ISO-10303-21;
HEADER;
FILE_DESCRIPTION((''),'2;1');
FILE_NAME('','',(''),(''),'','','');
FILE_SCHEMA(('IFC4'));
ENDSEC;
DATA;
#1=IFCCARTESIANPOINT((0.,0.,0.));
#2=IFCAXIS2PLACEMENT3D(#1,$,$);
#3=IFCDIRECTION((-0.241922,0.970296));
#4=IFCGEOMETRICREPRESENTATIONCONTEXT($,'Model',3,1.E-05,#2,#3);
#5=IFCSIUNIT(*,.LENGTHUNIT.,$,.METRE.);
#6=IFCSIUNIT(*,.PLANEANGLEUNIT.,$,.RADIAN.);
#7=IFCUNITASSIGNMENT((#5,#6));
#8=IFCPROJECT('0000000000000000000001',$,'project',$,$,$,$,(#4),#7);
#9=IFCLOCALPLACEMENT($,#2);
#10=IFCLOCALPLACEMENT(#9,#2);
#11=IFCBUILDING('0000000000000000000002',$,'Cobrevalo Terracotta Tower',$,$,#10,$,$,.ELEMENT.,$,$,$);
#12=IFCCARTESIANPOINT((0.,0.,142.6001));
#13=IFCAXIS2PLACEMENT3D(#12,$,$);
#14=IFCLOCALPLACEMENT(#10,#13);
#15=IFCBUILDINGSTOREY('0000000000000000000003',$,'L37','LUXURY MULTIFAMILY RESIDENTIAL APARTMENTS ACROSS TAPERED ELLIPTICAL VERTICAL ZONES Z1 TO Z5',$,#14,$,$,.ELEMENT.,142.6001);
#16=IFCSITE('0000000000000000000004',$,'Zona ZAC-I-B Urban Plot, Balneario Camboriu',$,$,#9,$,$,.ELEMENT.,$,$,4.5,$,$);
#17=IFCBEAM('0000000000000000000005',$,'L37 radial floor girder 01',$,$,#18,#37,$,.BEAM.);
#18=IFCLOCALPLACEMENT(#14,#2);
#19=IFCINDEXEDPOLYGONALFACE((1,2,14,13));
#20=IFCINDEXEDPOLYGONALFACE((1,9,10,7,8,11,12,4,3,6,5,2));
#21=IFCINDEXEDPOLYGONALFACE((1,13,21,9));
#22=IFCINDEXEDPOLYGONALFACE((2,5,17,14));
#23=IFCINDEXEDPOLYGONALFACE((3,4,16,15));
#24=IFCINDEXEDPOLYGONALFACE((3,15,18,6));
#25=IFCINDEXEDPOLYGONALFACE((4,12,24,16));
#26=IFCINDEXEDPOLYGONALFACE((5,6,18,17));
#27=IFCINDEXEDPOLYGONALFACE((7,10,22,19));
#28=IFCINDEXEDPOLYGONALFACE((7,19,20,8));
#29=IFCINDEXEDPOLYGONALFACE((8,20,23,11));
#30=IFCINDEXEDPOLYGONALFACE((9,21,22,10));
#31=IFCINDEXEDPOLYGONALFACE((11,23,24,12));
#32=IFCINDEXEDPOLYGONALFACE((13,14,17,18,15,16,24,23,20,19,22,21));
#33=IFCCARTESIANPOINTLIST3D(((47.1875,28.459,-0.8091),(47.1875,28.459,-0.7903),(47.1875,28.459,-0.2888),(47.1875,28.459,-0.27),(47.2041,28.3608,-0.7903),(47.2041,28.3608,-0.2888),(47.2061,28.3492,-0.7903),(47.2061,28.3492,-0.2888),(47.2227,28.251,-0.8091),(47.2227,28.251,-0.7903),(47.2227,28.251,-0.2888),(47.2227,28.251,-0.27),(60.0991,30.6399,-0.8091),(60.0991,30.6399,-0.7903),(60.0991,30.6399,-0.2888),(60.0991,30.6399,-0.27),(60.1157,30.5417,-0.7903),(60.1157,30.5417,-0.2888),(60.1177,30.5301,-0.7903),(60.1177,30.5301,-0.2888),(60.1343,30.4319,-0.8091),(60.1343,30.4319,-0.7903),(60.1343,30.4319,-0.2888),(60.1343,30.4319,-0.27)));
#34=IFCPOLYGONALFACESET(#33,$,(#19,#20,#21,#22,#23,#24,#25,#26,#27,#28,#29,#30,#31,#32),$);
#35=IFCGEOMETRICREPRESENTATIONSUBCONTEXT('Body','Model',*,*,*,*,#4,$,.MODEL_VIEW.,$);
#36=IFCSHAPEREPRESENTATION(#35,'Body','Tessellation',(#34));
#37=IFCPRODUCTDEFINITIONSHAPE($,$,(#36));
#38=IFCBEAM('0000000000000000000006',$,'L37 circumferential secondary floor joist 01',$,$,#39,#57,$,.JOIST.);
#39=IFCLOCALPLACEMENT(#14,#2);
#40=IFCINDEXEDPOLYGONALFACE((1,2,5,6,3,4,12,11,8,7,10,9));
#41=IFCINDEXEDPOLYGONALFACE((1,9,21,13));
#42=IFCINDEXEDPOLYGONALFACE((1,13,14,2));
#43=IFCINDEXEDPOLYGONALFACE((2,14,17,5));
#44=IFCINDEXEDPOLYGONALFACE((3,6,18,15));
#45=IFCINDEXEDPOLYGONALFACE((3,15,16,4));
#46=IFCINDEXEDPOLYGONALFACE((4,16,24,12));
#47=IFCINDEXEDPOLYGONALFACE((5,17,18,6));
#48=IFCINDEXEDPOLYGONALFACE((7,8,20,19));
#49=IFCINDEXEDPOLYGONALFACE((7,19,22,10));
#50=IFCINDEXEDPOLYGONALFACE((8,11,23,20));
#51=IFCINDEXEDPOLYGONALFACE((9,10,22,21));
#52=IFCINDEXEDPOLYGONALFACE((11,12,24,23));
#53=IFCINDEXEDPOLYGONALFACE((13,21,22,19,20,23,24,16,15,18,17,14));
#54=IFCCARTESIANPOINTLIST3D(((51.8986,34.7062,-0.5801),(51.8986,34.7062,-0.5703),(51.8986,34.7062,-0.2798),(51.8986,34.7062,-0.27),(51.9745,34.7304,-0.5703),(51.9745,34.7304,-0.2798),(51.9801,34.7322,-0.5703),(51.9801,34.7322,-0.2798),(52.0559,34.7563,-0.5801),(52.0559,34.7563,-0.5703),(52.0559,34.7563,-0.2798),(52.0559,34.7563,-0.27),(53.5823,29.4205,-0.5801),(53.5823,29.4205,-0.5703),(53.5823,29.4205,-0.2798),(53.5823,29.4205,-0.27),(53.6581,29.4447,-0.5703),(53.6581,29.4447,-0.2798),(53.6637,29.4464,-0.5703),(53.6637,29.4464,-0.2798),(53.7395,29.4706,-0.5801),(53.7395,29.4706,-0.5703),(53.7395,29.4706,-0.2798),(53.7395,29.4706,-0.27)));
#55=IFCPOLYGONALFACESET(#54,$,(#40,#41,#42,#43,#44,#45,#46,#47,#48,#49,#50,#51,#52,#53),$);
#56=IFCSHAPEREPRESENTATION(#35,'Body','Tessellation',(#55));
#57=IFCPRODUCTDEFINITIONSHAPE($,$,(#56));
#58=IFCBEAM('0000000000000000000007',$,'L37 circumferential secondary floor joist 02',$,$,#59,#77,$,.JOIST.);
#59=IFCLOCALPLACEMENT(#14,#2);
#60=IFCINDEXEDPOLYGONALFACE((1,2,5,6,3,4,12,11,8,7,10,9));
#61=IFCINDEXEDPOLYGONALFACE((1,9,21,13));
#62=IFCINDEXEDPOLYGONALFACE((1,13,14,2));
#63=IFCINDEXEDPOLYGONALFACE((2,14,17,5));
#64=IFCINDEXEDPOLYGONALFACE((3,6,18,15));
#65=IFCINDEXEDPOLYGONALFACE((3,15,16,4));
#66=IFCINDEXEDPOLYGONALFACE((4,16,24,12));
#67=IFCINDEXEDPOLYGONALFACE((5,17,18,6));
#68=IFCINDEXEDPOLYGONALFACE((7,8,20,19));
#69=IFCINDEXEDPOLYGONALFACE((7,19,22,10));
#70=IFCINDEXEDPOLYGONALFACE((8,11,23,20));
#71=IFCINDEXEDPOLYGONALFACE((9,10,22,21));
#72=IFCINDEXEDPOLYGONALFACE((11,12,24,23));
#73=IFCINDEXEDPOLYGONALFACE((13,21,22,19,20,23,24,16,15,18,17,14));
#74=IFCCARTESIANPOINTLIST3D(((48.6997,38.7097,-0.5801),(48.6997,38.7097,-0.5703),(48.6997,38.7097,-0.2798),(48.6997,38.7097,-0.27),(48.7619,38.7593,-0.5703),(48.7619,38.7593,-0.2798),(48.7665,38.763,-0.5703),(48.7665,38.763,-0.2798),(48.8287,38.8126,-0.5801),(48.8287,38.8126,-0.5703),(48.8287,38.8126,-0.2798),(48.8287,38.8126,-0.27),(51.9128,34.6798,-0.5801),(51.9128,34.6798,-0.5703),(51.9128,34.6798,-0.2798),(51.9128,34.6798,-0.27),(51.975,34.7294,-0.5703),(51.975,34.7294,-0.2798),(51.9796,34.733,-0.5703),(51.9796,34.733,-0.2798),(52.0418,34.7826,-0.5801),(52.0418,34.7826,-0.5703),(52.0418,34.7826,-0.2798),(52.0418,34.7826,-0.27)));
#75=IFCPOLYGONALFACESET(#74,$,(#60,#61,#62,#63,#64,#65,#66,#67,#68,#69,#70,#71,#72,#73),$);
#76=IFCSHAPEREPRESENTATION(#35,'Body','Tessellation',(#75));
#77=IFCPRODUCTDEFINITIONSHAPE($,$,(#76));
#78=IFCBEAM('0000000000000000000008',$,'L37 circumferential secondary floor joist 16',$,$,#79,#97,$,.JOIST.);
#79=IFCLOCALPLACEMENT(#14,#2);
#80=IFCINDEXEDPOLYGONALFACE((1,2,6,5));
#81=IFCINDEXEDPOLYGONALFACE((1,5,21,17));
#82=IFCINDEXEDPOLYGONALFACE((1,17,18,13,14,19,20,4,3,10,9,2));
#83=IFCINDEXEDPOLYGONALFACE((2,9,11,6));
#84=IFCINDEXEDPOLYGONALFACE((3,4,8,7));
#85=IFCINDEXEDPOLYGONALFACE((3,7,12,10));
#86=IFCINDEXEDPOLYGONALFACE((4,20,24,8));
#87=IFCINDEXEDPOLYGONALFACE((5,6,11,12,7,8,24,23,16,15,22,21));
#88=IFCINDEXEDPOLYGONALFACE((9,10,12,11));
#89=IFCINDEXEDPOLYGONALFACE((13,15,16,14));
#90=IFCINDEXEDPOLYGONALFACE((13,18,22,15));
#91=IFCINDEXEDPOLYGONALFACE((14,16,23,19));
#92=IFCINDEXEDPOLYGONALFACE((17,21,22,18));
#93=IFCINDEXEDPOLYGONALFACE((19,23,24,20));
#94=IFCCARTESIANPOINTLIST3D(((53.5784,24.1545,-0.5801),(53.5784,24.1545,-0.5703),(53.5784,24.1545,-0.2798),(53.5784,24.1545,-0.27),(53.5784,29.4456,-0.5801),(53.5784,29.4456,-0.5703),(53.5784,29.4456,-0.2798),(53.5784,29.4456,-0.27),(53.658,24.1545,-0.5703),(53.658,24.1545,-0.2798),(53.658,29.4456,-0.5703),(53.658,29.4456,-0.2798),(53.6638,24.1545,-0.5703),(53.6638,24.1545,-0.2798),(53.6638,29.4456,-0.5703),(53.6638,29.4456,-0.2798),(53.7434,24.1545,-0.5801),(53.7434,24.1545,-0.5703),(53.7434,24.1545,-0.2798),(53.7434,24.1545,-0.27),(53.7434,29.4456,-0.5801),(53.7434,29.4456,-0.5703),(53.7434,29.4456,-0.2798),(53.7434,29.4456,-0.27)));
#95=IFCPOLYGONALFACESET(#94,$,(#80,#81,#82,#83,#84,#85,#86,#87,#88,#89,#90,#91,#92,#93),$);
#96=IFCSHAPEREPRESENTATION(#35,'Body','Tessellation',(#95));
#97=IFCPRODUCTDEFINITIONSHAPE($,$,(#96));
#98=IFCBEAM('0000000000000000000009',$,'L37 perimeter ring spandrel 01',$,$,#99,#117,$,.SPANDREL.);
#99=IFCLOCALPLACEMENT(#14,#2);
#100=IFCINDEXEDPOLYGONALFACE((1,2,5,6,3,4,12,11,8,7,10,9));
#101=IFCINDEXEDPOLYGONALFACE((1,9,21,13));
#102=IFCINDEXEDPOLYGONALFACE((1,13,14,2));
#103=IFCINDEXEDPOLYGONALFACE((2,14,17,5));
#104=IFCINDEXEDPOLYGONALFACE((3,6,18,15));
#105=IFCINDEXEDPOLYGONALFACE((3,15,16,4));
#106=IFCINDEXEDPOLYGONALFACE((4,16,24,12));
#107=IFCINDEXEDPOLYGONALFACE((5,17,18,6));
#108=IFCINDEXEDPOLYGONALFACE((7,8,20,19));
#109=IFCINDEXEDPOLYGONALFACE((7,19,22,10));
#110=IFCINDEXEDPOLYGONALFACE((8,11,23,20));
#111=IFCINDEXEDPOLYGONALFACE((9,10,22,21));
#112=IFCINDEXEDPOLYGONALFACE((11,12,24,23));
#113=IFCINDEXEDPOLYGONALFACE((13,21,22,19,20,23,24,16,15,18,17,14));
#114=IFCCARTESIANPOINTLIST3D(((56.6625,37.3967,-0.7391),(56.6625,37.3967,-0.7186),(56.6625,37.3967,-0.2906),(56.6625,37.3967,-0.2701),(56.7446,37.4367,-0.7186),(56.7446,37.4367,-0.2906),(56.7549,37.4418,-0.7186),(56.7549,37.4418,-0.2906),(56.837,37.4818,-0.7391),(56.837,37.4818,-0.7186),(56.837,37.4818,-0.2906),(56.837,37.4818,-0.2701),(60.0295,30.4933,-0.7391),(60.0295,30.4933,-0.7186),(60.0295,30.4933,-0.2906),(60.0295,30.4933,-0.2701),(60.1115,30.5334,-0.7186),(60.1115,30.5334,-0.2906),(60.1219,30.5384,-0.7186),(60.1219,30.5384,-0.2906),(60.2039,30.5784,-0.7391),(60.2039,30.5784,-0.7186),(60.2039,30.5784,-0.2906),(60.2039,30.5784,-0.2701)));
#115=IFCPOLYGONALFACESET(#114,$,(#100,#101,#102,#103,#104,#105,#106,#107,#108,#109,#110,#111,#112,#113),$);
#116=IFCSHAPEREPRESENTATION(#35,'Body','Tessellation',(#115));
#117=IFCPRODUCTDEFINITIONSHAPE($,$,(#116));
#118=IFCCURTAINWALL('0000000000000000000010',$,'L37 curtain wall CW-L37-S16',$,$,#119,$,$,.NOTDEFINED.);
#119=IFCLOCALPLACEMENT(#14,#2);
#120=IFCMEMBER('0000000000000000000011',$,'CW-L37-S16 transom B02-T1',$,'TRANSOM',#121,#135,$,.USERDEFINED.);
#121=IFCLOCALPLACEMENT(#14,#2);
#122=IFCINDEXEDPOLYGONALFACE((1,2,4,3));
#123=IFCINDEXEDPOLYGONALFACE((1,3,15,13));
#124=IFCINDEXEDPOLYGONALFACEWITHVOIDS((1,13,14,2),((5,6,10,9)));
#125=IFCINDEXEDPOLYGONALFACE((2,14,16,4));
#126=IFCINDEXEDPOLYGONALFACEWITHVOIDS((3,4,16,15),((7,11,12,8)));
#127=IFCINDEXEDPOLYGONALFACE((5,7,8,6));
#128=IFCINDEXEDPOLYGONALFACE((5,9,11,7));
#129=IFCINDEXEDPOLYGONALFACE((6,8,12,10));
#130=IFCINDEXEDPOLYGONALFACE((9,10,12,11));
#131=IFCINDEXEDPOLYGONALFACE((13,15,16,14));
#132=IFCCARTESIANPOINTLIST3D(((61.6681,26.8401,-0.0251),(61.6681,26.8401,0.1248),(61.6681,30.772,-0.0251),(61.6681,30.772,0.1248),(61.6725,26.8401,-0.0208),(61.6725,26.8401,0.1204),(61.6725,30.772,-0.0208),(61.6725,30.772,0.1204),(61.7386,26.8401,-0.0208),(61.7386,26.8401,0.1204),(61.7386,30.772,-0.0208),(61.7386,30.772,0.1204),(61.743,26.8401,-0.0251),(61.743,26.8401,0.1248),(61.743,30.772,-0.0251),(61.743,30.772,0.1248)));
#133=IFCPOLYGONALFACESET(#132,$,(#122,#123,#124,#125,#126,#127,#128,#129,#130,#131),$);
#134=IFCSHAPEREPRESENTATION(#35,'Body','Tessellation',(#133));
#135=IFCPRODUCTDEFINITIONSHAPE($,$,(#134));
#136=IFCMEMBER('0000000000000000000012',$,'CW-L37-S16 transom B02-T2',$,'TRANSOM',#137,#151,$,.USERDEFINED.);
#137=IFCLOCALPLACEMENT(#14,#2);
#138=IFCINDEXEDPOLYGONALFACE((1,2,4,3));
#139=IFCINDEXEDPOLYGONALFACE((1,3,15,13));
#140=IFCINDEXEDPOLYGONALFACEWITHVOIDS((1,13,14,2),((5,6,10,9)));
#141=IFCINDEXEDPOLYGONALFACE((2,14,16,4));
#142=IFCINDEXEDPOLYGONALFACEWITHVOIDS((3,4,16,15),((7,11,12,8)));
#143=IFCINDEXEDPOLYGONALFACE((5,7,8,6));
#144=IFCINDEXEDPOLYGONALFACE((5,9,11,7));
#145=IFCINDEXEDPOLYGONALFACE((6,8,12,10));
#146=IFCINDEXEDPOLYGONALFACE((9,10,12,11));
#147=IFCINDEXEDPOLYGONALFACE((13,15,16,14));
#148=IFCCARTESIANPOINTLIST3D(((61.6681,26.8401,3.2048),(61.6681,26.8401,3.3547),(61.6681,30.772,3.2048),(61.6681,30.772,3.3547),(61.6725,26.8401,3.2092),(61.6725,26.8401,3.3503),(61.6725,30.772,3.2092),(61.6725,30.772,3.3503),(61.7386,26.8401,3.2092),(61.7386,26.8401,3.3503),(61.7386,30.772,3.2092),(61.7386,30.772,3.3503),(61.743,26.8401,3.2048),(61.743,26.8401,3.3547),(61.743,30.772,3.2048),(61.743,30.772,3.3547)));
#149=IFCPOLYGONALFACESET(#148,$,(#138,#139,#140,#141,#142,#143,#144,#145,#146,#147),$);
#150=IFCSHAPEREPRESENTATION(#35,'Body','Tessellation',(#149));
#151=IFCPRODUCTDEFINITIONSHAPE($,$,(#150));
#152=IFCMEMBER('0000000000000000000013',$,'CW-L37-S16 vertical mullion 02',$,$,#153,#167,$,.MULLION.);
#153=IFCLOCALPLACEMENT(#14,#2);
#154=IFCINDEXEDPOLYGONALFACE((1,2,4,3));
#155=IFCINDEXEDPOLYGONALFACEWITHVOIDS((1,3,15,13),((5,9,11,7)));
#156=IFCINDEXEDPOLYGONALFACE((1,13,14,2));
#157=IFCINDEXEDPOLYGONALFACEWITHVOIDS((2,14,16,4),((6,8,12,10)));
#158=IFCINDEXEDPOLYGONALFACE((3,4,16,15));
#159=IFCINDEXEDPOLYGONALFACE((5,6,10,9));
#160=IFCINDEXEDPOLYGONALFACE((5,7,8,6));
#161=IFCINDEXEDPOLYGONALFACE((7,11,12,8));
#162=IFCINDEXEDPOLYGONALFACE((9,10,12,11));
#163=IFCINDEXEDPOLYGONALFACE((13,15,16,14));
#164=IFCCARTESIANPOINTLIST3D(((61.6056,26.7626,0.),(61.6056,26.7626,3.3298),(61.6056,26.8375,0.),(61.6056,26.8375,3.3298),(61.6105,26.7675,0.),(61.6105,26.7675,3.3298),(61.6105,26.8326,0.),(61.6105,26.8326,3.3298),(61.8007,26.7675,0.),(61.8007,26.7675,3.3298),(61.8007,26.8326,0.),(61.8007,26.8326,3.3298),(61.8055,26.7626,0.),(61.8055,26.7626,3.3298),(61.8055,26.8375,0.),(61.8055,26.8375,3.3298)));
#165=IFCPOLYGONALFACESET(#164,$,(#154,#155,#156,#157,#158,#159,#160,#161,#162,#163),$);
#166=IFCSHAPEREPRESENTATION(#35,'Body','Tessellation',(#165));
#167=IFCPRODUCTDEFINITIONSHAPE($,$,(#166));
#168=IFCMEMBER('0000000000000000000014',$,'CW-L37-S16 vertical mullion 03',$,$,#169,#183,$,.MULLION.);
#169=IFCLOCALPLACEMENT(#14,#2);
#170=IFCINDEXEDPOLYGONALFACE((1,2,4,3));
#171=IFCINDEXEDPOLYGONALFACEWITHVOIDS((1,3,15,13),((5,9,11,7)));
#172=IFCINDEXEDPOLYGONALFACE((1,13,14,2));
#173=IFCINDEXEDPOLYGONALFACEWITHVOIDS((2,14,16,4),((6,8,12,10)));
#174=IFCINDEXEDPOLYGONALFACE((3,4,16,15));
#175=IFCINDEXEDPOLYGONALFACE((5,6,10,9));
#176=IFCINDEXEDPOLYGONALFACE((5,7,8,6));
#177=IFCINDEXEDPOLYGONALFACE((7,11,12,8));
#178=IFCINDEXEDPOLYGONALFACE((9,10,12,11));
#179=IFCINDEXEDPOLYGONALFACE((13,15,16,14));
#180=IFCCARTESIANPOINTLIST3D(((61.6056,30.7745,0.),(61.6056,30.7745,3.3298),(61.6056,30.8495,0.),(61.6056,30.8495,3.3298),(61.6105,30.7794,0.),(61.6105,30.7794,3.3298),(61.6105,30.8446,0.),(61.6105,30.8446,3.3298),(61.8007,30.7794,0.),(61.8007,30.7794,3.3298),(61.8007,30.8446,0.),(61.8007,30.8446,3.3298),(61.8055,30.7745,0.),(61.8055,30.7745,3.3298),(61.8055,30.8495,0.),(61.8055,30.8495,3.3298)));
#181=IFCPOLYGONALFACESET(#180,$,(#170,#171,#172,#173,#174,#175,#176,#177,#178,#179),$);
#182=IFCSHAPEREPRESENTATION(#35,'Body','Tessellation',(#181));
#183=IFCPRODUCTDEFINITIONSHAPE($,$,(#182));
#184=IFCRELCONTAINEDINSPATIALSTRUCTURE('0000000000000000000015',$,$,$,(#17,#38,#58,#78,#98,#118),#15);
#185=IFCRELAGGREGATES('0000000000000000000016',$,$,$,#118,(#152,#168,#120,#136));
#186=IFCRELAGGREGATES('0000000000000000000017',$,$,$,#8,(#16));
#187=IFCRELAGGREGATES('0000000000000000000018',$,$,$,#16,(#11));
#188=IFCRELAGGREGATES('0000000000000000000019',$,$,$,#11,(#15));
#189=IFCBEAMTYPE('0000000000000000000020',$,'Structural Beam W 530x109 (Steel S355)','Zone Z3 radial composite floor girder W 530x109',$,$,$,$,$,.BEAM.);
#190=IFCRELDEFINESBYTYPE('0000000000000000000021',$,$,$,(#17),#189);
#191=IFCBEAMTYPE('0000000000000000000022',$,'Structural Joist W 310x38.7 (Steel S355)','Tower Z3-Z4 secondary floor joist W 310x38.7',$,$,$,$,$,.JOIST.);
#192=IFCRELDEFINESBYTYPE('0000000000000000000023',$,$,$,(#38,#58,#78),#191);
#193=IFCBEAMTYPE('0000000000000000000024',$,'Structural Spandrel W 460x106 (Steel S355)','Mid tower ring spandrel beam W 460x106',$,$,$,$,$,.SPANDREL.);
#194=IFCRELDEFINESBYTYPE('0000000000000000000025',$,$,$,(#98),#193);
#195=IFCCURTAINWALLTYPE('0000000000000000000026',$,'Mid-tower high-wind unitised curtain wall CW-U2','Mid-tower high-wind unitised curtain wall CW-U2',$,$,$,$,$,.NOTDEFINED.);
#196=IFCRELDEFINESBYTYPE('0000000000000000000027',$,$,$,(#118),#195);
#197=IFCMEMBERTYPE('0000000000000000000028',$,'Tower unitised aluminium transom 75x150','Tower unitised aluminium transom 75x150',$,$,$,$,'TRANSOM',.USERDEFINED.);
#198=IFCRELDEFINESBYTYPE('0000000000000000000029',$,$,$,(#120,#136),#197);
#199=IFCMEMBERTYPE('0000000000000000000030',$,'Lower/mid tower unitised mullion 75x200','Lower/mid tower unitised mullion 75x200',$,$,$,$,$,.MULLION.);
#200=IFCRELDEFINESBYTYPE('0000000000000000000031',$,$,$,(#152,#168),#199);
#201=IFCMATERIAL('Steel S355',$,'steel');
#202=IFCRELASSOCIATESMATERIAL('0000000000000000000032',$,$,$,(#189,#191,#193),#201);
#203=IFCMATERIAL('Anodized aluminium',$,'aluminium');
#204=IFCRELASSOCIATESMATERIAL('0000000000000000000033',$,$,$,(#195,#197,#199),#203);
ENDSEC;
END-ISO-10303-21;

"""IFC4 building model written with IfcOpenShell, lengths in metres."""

from ifc_helpers import new_model, si_unit, direction, frame, origin, origin_2d, place, context, subcontext, project, spatial, hollow_rectangle, i_section, extrude, source, transform, mapped, material, material_profile, profile_set, type_object, element, aggregate, save


model = new_model("IFC4")

# Units and contexts
model_context = context("Model", 3, precision=1e-05, world=origin(), true_north=direction((-0.241922, 0.970296)))
body_context = subcontext(model_context, "Body", "Model", "MODEL_VIEW")
ifc_project = project(units=[si_unit("LENGTHUNIT", "METRE"), si_unit("PLANEANGLEUNIT", "RADIAN")], contexts=[model_context])

# Site, building, storey
site_placement = place(None, origin())
site = spatial("IfcSite", under=ifc_project, at=site_placement, Name="Zona ZAC-I-B Urban Plot, Balneario Camboriu", CompositionType="ELEMENT", RefElevation=4.5)
building_placement = place(site_placement, origin())
building = spatial("IfcBuilding", under=site, at=building_placement, Name="Cobrevalo Terracotta Tower", CompositionType="ELEMENT")
storey_placement = place(building_placement, frame((0.0, 0.0, 142.6001)))
storey = spatial("IfcBuildingStorey", under=building, at=storey_placement, Name="L37", Description="LUXURY MULTIFAMILY RESIDENTIAL APARTMENTS ACROSS TAPERED ELLIPTICAL VERTICAL ZONES Z1 TO Z5", CompositionType="ELEMENT", Elevation=142.6001)

# Shared definitions
ifc_material_1 = material(Name="Steel S355", Category="steel")

# Beams
ifc_material_profile_1 = material_profile(ifc_material_1, i_section(OverallWidth=0.2109, OverallDepth=0.5391, WebThickness=0.0117, FlangeThickness=0.0188, at=origin_2d()), Name="W 530x109")
ifc_profile_set_1 = profile_set([ifc_material_profile_1], Name="Steel S355")
beam_type_1 = type_object("IfcBeamType", Name="Structural Beam W 530x109 (Steel S355)", Description="Zone Z3 radial composite floor girder W 530x109", PredefinedType="BEAM", material=ifc_profile_set_1)
beam_1_placement = place(storey_placement, frame((60.1167, 30.5359, -0.5396), z_axis=(-0.986033, -0.166551, 0.0), x_axis=(0.166551, -0.986033, 0.0)))
element("IfcBeam", 1, at=beam_1_placement, inside=storey, type_object=beam_type_1, Name="L37 radial floor girder 01", PredefinedType="BEAM", context=body_context, shape_type="SweptSolid", body=[
    extrude(i_section(OverallWidth=0.2109, OverallDepth=0.5391, WebThickness=0.0117, FlangeThickness=0.0188, at=origin_2d()), origin(), (0.0, 0.0, 1.0), 13.0945),
])
ifc_material_profile_2 = material_profile(ifc_material_1, i_section(OverallWidth=0.165, OverallDepth=0.3101, WebThickness=0.0059, FlangeThickness=0.0098, at=origin_2d()), Name="W 310x38.7")
ifc_profile_set_2 = profile_set([ifc_material_profile_2], Name="Steel S355")
beam_type_2 = type_object("IfcBeamType", Name="Structural Joist W 310x38.7 (Steel S355)", Description="Tower Z3-Z4 secondary floor joist W 310x38.7", PredefinedType="JOIST", material=ifc_profile_set_2)
beam_2_placement = place(storey_placement, frame((53.6609, 29.4456, -0.425), z_axis=(-0.303498, 0.952832, 0.0), x_axis=(-0.952832, -0.303498, 0.0)))
element("IfcBeam", 2, at=beam_2_placement, inside=storey, type_object=beam_type_2, Name="L37 circumferential secondary floor joist 01", PredefinedType="JOIST", context=body_context, shape_type="SweptSolid", body=[
    extrude(i_section(OverallWidth=0.165, OverallDepth=0.3101, WebThickness=0.0059, FlangeThickness=0.0098, at=origin_2d()), origin(), (0.0, 0.0, 1.0), 5.5474),
])
beam_3_placement = place(storey_placement, frame((51.9773, 34.7312, -0.425), z_axis=(-0.623406, 0.781898, 0.0), x_axis=(-0.781898, -0.623406, 0.0)))
element("IfcBeam", 3, at=beam_3_placement, inside=storey, type_object=beam_type_2, Name="L37 circumferential secondary floor joist 02", PredefinedType="JOIST", context=body_context, shape_type="SweptSolid", body=[
    extrude(i_section(OverallWidth=0.165, OverallDepth=0.3101, WebThickness=0.0059, FlangeThickness=0.0098, at=origin_2d()), origin(), (0.0, 0.0, 1.0), 5.1541),
])
beam_4_placement = place(storey_placement, frame((53.6609, 24.1545, -0.425), z_axis=(0.0, 1.0, 0.0), x_axis=(-1.0, 0.0, 0.0)))
element("IfcBeam", 4, at=beam_4_placement, inside=storey, type_object=beam_type_2, Name="L37 circumferential secondary floor joist 16", PredefinedType="JOIST", context=body_context, shape_type="SweptSolid", body=[
    extrude(i_section(OverallWidth=0.165, OverallDepth=0.3101, WebThickness=0.0059, FlangeThickness=0.0098, at=origin_2d()), origin(), (0.0, 0.0, 1.0), 5.291),
])
ifc_material_profile_3 = material_profile(ifc_material_1, i_section(OverallWidth=0.1941, OverallDepth=0.469, WebThickness=0.0115, FlangeThickness=0.0205, at=origin_2d()), Name="W 460x106")
ifc_profile_set_3 = profile_set([ifc_material_profile_3], Name="Steel S355")
beam_type_3 = type_object("IfcBeamType", Name="Structural Spandrel W 460x106 (Steel S355)", Description="Mid tower ring spandrel beam W 460x106", PredefinedType="SPANDREL", material=ifc_profile_set_3)
beam_5_placement = place(storey_placement, frame((60.1167, 30.5359, -0.5046), z_axis=(-0.438368, 0.898796, 0.0), x_axis=(-0.898796, -0.438368, 0.0)))
element("IfcBeam", 5, at=beam_5_placement, inside=storey, type_object=beam_type_3, Name="L37 perimeter ring spandrel 01", PredefinedType="SPANDREL", context=body_context, shape_type="SweptSolid", body=[
    extrude(i_section(OverallWidth=0.1941, OverallDepth=0.469, WebThickness=0.0115, FlangeThickness=0.0205, at=origin_2d()), origin(), (0.0, 0.0, 1.0), 7.6807),
])

# Curtain wall, members
ifc_material_2 = material(Name="Anodized aluminium", Category="aluminium")
curtain_wall_type = type_object("IfcCurtainWallType", Name="Mid-tower high-wind unitised curtain wall CW-U2", Description="Mid-tower high-wind unitised curtain wall CW-U2", PredefinedType="NOTDEFINED", material=ifc_material_2)
curtain_wall_placement = place(storey_placement, origin())
curtain_wall = element("IfcCurtainWall", 6, at=curtain_wall_placement, inside=storey, type_object=curtain_wall_type, Name="L37 curtain wall CW-L37-S16", PredefinedType="NOTDEFINED")
ifc_material_profile_4 = material_profile(ifc_material_2, hollow_rectangle(XDim=0.075, YDim=0.1499, WallThickness=0.0044, at=origin_2d()), Name="CWT 75x150")
ifc_profile_set_4 = profile_set([ifc_material_profile_4], Name="Anodized aluminium")
member_type_1 = type_object("IfcMemberType", Name="Tower unitised aluminium transom 75x150", Description="Tower unitised aluminium transom 75x150", ElementType="TRANSOM", PredefinedType="USERDEFINED", material=ifc_profile_set_4)
shared_shape_1 = source(origin(), body_context, "Body", "SweptSolid", [
    extrude(hollow_rectangle(XDim=0.075, YDim=0.1499, WallThickness=0.0044, at=origin_2d()), origin(), (0.0, 0.0, 1.0), 3.9319),
])
member_1_placement = place(storey_placement, frame((61.7056, 26.8401, 0.0498), z_axis=(0.0, 1.0, 0.0), x_axis=(-1.0, 0.0, 0.0)))
member_1 = element("IfcMember", 7, at=member_1_placement, type_object=member_type_1, Name="CW-L37-S16 transom B02-T1", ObjectType="TRANSOM", PredefinedType="USERDEFINED", context=body_context, shape_type="MappedRepresentation", body=[
    mapped(shared_shape_1, transform((0.0, 0.0, 0.0), scale=1.0)),
])
member_2_placement = place(storey_placement, frame((61.7056, 26.8401, 3.2798), z_axis=(0.0, 1.0, 0.0), x_axis=(-1.0, 0.0, 0.0)))
member_2 = element("IfcMember", 8, at=member_2_placement, type_object=member_type_1, Name="CW-L37-S16 transom B02-T2", ObjectType="TRANSOM", PredefinedType="USERDEFINED", context=body_context, shape_type="MappedRepresentation", body=[
    mapped(shared_shape_1, transform((0.0, 0.0, 0.0), scale=1.0)),
])
ifc_material_profile_5 = material_profile(ifc_material_2, hollow_rectangle(XDim=0.075, YDim=0.2, WallThickness=0.0049, at=origin_2d()), Name="CWM 75x200")
ifc_profile_set_5 = profile_set([ifc_material_profile_5], Name="Anodized aluminium")
member_type_2 = type_object("IfcMemberType", Name="Lower/mid tower unitised mullion 75x200", Description="Lower/mid tower unitised mullion 75x200", PredefinedType="MULLION", material=ifc_profile_set_5)
shared_shape_2 = source(origin(), body_context, "Body", "SweptSolid", [
    extrude(hollow_rectangle(XDim=0.075, YDim=0.2, WallThickness=0.0049, at=origin_2d()), origin(), (0.0, 0.0, 1.0), 3.3298),
])
member_3_placement = place(storey_placement, frame((61.7056, 26.8, 0.0), z_axis=(0.0, 0.0, 1.0), x_axis=(0.0, 1.0, 0.0)))
member_3 = element("IfcMember", 9, at=member_3_placement, type_object=member_type_2, Name="CW-L37-S16 vertical mullion 02", PredefinedType="MULLION", context=body_context, shape_type="MappedRepresentation", body=[
    mapped(shared_shape_2, transform((0.0, 0.0, 0.0), scale=1.0)),
])
member_4_placement = place(storey_placement, frame((61.7056, 30.812, 0.0), z_axis=(0.0, 0.0, 1.0), x_axis=(0.0, 1.0, 0.0)))
member_4 = element("IfcMember", 10, at=member_4_placement, type_object=member_type_2, Name="CW-L37-S16 vertical mullion 03", PredefinedType="MULLION", context=body_context, shape_type="MappedRepresentation", body=[
    mapped(shared_shape_2, transform((0.0, 0.0, 0.0), scale=1.0)),
])
aggregate(curtain_wall, [member_3, member_4, member_1, member_2])

save(model, "model.ifc")
